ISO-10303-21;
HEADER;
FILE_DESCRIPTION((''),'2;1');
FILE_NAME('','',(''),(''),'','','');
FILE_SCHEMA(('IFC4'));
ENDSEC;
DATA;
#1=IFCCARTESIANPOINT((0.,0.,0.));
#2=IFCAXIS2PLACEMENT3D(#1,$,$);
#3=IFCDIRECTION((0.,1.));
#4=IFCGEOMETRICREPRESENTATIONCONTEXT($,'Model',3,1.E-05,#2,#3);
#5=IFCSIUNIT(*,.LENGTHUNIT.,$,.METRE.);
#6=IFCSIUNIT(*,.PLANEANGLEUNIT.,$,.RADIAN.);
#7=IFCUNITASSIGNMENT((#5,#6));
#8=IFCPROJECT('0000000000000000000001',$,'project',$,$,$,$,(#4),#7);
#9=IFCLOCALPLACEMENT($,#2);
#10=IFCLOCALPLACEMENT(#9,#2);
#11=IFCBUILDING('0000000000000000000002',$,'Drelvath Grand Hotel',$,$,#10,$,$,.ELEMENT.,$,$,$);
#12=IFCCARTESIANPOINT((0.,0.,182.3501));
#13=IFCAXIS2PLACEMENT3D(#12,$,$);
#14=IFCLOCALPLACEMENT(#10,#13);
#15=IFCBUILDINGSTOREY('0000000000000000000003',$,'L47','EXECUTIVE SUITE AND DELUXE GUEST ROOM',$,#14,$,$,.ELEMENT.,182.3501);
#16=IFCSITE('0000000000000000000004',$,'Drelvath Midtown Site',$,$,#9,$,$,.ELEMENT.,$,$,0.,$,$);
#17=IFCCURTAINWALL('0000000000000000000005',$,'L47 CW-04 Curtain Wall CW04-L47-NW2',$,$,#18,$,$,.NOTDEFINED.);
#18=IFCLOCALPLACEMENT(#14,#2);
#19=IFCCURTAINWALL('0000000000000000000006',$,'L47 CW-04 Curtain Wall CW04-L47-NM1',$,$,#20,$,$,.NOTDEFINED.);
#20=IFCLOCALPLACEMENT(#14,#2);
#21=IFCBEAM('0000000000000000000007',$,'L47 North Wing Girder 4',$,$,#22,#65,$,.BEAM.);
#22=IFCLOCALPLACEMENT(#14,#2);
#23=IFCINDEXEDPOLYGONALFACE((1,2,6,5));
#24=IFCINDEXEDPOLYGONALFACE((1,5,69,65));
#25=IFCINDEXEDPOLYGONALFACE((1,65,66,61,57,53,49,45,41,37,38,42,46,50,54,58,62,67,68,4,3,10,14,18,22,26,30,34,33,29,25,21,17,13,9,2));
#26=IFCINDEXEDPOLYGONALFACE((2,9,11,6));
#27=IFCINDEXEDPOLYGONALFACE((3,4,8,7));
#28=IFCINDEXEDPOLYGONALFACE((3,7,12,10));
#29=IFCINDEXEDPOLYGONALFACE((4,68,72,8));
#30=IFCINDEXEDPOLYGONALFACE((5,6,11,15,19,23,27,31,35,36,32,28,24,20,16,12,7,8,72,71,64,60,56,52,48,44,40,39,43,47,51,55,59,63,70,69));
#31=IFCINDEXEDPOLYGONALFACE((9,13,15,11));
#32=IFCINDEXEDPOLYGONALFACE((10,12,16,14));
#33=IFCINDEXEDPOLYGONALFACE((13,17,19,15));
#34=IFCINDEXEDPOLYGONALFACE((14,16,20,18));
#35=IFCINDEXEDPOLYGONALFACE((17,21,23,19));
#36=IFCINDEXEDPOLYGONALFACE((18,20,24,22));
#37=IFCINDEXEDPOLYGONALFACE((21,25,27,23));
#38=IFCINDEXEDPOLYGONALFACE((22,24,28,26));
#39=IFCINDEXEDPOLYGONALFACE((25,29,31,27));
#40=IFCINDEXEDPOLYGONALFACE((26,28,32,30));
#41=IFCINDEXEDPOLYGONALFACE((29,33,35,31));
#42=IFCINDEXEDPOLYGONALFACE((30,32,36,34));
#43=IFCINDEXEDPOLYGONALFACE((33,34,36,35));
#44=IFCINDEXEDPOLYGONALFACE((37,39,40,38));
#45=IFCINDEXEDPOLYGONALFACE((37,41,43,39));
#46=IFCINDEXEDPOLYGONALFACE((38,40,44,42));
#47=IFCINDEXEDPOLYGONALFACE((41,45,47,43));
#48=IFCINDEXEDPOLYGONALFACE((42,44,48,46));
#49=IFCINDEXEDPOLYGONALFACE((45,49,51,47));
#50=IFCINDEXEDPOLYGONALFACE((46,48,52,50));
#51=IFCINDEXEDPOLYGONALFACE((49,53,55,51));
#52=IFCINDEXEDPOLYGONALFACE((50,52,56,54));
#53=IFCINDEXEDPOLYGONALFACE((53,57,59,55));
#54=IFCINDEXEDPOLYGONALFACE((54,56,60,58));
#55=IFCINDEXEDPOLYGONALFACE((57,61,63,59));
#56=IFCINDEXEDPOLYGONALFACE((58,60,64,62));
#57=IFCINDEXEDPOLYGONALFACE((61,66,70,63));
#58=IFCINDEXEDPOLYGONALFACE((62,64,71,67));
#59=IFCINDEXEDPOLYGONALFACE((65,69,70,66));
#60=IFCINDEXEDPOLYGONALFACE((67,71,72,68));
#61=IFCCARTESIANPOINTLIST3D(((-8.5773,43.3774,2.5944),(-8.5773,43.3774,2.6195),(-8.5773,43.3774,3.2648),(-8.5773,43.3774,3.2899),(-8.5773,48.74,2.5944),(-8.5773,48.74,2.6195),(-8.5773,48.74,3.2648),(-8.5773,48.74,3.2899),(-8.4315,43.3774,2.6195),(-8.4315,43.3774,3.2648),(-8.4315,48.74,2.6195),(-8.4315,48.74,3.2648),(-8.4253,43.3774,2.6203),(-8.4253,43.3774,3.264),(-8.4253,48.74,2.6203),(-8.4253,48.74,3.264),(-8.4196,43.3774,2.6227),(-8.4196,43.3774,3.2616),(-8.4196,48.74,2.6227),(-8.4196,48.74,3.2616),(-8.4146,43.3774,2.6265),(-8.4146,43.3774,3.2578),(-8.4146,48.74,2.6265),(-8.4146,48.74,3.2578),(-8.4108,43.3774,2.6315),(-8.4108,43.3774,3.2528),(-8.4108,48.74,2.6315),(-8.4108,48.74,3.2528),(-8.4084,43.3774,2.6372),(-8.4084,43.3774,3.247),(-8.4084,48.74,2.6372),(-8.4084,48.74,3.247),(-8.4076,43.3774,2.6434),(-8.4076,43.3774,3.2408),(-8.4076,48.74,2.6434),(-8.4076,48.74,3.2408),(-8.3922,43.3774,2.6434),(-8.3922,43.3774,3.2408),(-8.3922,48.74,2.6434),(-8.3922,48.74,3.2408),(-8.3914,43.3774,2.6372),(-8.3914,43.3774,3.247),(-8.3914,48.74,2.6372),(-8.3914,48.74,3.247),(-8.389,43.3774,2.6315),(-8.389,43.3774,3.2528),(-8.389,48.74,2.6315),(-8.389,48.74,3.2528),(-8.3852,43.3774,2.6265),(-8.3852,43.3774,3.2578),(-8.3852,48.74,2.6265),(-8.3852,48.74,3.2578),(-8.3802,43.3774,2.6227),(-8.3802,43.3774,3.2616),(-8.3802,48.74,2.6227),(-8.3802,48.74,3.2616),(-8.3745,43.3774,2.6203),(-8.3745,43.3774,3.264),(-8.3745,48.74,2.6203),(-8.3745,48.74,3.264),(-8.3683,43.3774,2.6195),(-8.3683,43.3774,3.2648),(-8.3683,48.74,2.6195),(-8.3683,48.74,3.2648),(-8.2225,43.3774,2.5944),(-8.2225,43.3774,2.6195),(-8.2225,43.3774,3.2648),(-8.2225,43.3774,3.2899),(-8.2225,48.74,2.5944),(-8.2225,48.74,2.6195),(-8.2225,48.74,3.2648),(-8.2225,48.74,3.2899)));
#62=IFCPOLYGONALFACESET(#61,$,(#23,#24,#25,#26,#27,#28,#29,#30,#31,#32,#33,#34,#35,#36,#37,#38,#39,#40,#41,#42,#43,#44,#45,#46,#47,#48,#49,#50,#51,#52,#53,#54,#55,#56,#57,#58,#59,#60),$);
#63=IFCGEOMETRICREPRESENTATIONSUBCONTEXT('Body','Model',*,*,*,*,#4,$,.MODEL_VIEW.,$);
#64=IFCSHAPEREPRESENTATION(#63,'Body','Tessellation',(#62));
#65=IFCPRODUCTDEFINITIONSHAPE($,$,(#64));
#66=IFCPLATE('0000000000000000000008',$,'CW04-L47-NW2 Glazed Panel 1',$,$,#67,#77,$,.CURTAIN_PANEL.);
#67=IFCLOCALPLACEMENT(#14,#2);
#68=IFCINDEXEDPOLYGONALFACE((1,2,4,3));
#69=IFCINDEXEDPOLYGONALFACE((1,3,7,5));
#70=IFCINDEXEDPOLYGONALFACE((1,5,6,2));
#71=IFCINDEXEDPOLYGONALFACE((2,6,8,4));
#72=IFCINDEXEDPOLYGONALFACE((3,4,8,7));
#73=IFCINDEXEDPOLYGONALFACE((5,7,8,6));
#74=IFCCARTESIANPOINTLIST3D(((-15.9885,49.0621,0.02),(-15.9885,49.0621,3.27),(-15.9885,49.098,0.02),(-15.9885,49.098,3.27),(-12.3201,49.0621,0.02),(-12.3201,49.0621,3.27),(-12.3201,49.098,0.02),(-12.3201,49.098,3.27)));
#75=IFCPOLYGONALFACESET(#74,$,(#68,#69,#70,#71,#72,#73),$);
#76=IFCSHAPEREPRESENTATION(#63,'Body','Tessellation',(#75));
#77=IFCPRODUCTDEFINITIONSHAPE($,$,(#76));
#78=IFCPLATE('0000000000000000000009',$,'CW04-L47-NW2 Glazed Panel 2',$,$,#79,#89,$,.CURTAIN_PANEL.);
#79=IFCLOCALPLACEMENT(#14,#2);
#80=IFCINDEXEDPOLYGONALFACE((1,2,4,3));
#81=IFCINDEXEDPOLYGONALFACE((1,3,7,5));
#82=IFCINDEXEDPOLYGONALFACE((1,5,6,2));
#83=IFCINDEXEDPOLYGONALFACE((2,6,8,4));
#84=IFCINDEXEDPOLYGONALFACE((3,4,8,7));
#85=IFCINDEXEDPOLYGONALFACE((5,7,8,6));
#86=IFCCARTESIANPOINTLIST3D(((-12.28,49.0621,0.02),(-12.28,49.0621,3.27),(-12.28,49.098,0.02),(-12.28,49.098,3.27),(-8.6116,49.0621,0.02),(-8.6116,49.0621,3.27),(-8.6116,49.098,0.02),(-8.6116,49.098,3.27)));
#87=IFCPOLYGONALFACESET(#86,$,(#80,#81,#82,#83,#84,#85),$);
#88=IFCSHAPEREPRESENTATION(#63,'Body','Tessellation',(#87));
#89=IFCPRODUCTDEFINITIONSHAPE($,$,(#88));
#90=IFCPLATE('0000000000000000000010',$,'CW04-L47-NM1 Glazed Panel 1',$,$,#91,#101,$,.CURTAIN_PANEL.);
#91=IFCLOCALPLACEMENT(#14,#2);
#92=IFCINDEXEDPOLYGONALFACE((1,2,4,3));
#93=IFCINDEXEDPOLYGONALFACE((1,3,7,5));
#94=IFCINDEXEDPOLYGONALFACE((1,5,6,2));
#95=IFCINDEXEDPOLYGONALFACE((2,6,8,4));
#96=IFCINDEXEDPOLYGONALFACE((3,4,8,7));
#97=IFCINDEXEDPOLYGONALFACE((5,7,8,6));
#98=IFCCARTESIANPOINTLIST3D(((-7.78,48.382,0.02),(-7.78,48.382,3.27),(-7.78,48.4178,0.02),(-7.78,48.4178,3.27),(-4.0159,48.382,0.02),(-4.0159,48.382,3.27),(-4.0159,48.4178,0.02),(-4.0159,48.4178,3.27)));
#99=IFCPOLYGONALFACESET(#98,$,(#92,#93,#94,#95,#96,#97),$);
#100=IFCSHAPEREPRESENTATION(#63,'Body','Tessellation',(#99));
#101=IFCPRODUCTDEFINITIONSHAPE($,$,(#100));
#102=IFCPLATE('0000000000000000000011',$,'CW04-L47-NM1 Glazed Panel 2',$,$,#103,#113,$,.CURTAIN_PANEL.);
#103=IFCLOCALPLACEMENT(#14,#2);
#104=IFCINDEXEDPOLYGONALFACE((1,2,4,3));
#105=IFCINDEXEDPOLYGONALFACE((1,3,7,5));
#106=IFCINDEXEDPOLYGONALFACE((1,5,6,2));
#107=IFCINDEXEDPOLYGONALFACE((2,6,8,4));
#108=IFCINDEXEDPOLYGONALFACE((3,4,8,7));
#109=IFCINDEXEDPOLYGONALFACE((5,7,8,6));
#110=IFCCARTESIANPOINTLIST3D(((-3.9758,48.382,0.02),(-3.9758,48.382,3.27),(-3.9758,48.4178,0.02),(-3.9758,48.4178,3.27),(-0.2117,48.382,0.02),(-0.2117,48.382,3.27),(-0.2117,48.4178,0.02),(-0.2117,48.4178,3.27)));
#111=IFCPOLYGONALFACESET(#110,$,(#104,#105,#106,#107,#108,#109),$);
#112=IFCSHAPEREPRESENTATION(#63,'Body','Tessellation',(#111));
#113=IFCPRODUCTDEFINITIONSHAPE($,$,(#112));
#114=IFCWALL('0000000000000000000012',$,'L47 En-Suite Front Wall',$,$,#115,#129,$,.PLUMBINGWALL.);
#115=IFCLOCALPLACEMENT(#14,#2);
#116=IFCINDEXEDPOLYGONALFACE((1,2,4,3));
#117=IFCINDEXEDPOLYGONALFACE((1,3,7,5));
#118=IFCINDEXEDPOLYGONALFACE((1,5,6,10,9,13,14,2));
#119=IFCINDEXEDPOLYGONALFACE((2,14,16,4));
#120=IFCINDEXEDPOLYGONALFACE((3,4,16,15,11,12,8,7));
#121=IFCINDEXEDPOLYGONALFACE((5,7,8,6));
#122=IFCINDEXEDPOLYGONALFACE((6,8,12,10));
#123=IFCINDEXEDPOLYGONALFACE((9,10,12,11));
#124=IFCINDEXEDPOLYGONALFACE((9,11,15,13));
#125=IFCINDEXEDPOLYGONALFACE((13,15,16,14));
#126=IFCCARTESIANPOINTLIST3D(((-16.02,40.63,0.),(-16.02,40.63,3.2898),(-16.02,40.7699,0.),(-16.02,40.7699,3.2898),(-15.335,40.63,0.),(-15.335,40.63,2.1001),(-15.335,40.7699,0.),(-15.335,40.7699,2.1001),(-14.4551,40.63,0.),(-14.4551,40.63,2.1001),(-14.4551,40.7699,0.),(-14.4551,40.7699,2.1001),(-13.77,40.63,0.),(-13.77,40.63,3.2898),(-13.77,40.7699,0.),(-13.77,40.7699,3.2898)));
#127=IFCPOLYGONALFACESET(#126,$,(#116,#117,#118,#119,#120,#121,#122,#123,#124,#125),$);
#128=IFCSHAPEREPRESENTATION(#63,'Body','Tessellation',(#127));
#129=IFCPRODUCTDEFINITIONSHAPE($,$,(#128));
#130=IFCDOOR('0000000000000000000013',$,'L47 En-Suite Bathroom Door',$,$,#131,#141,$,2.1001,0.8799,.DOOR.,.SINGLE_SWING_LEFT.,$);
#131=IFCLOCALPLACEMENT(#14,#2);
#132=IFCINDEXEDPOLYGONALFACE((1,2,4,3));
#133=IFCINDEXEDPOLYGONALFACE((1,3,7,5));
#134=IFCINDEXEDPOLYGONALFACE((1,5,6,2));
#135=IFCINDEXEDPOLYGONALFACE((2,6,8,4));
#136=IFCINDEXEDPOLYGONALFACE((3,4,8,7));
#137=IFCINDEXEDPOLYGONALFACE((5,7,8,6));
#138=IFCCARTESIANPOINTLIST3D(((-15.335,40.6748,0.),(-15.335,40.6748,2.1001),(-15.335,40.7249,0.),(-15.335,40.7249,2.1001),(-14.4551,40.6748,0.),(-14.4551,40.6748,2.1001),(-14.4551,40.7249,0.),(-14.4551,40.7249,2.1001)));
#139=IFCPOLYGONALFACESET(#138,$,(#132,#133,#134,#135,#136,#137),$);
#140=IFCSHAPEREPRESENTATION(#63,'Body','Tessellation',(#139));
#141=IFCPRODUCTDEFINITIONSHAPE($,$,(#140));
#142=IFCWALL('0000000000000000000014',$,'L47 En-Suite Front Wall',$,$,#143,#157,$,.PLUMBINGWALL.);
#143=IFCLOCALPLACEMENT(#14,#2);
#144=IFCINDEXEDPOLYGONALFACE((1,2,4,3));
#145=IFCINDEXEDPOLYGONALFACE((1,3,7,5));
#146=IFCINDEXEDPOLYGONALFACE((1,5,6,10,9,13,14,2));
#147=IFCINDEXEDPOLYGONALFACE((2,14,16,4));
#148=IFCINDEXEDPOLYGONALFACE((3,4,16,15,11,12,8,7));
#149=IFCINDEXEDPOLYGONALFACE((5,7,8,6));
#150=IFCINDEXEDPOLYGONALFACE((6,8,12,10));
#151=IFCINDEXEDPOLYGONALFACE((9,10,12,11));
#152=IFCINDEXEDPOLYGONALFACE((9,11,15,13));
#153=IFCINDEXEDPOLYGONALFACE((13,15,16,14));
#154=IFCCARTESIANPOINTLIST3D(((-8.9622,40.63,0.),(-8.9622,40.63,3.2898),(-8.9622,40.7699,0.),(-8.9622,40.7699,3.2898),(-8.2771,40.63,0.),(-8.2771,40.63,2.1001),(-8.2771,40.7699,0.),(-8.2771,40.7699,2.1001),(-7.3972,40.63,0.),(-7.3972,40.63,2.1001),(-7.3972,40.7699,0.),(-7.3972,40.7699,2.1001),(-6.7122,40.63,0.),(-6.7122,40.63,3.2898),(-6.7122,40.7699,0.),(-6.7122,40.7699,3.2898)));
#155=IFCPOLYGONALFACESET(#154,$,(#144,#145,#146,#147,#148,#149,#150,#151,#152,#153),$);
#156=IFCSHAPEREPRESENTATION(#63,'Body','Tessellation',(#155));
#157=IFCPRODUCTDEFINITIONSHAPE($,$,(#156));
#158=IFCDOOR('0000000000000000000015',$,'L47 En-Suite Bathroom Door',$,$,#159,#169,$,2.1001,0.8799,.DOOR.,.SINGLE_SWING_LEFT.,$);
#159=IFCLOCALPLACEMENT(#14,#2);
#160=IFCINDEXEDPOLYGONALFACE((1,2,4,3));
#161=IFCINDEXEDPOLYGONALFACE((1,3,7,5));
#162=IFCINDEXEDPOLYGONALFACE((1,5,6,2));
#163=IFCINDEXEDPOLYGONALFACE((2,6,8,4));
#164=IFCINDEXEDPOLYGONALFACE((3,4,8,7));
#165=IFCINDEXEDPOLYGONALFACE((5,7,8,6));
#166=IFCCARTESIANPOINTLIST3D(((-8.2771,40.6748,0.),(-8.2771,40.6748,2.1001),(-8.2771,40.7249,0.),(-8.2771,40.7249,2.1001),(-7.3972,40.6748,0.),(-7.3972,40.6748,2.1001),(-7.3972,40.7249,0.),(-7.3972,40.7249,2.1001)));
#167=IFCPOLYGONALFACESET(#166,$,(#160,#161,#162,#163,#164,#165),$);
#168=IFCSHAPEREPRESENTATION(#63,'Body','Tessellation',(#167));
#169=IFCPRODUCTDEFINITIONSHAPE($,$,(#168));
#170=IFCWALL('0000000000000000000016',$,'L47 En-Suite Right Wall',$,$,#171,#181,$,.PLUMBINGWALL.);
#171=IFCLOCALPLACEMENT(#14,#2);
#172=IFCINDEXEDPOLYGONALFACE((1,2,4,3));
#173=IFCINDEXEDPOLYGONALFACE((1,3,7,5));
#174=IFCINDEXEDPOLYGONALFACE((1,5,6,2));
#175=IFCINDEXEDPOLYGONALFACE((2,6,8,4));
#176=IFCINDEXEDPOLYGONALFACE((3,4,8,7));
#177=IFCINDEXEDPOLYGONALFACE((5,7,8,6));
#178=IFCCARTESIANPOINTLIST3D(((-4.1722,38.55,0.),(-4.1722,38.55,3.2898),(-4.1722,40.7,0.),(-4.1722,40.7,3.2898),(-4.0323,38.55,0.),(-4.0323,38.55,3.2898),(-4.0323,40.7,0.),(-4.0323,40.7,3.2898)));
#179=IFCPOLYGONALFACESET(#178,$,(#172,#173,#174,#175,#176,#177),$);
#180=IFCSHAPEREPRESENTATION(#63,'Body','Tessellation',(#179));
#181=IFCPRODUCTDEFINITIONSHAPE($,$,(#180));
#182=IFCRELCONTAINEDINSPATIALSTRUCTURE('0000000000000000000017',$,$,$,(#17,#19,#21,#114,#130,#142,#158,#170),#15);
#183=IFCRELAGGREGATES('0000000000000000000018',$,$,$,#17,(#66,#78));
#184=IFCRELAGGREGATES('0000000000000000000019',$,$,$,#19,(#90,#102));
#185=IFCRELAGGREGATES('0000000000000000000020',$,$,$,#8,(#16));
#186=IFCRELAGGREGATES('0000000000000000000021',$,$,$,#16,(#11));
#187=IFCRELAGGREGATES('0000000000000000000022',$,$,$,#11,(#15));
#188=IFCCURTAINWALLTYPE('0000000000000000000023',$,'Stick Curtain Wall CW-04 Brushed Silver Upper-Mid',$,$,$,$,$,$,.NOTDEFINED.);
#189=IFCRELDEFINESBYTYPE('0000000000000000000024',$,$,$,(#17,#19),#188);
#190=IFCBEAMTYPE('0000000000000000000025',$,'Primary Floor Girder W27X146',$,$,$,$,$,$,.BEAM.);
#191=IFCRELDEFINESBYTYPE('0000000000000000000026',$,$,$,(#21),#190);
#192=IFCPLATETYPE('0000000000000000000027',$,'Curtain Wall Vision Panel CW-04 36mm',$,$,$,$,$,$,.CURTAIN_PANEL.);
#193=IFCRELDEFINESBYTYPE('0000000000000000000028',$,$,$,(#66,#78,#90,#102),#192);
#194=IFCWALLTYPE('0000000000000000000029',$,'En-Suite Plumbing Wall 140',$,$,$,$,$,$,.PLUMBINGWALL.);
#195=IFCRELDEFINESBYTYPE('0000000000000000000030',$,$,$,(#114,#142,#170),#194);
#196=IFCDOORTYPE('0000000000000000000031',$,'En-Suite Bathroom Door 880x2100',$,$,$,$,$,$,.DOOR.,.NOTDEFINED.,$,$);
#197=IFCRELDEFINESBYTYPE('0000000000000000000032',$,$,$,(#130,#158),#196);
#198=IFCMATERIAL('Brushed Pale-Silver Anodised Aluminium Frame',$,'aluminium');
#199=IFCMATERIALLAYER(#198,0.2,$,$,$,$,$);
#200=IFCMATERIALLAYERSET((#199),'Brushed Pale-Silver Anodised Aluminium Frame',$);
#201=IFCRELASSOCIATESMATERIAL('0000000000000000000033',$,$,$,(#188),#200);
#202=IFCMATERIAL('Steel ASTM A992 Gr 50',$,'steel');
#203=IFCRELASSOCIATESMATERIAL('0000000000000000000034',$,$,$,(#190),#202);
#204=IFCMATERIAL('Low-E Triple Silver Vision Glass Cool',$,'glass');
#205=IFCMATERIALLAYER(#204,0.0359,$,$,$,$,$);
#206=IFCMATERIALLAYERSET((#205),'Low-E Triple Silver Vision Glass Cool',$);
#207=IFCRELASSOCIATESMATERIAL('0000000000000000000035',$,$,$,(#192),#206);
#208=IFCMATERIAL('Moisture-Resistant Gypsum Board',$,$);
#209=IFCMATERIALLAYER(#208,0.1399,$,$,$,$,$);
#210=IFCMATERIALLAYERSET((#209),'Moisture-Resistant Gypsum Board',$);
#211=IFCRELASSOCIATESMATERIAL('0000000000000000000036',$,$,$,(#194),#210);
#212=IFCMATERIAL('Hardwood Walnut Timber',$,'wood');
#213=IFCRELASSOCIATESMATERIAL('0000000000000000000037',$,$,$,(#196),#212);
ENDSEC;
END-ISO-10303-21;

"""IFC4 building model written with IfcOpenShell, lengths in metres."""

from ifc_helpers import new_model, si_unit, direction, frame, frame_2d, origin, origin_2d, place, context, subcontext, project, spatial, rectangle, i_section, extrude, material, layer, layer_set, material_profile, profile_set, type_object, element, fill, aggregate, save


model = new_model("IFC4")

# Units and contexts
model_context = context("Model", 3, precision=1e-05, world=origin(), true_north=direction((0.0, 1.0)))
body_context = subcontext(model_context, "Body", "Model", "MODEL_VIEW")
ifc_project = project(units=[si_unit("LENGTHUNIT", "METRE"), si_unit("PLANEANGLEUNIT", "RADIAN")], contexts=[model_context])

# Site, building, storey
site_placement = place(None, origin())
site = spatial("IfcSite", under=ifc_project, at=site_placement, Name="Drelvath Midtown Site", CompositionType="ELEMENT", RefElevation=0.0)
building_placement = place(site_placement, origin())
building = spatial("IfcBuilding", under=site, at=building_placement, Name="Drelvath Grand Hotel", CompositionType="ELEMENT")
storey_placement = place(building_placement, frame((0.0, 0.0, 182.3501)))
storey = spatial("IfcBuildingStorey", under=building, at=storey_placement, Name="L47", Description="EXECUTIVE SUITE AND DELUXE GUEST ROOM", CompositionType="ELEMENT", Elevation=182.3501)

# Curtain walls
ifc_material_1 = material(Name="Brushed Pale-Silver Anodised Aluminium Frame", Category="aluminium")
ifc_layer_1 = layer(ifc_material_1, 0.2)
ifc_layer_set_1 = layer_set([ifc_layer_1], Name="Brushed Pale-Silver Anodised Aluminium Frame")
curtain_wall_type = type_object("IfcCurtainWallType", Name="Stick Curtain Wall CW-04 Brushed Silver Upper-Mid", PredefinedType="NOTDEFINED", material=ifc_layer_set_1)
curtain_wall_1_placement = place(storey_placement, origin())
curtain_wall_1 = element("IfcCurtainWall", 1, at=curtain_wall_1_placement, inside=storey, type_object=curtain_wall_type, Name="L47 CW-04 Curtain Wall CW04-L47-NW2", PredefinedType="NOTDEFINED")
curtain_wall_2_placement = place(storey_placement, origin())
curtain_wall_2 = element("IfcCurtainWall", 2, at=curtain_wall_2_placement, inside=storey, type_object=curtain_wall_type, Name="L47 CW-04 Curtain Wall CW04-L47-NM1", PredefinedType="NOTDEFINED")

# Beam
ifc_material_2 = material(Name="Steel ASTM A992 Gr 50", Category="steel")
ifc_material_profile_1 = material_profile(ifc_material_2, i_section(OverallWidth=0.3547, OverallDepth=0.6956, WebThickness=0.0154, FlangeThickness=0.0251, FilletRadius=0.0239, at=origin_2d()), Name="W27X146")
ifc_profile_set_1 = profile_set([ifc_material_profile_1], Name="Steel ASTM A992 Gr 50")
beam_type_1 = type_object("IfcBeamType", Name="Primary Floor Girder W27X146", PredefinedType="BEAM", material=ifc_profile_set_1)
beam_1_placement = place(storey_placement, frame((-8.3999, 43.3774, 2.9421), z_axis=(0.0, 1.0, 0.0), x_axis=(-1.0, 0.0, 0.0)))
element("IfcBeam", 3, at=beam_1_placement, inside=storey, type_object=beam_type_1, Name="L47 North Wing Girder 4", PredefinedType="BEAM", context=body_context, shape_type="SweptSolid", body=[
    extrude(i_section(OverallWidth=0.3547, OverallDepth=0.6956, WebThickness=0.0154, FlangeThickness=0.0251, FilletRadius=0.0239, at=origin_2d()), origin(), (0.0, 0.0, 1.0), 5.3625),
])

# Plates
ifc_material_3 = material(Name="Low-E Triple Silver Vision Glass Cool", Category="glass")
ifc_layer_2 = layer(ifc_material_3, 0.0359)
ifc_layer_set_2 = layer_set([ifc_layer_2], Name="Low-E Triple Silver Vision Glass Cool")
plate_type = type_object("IfcPlateType", Name="Curtain Wall Vision Panel CW-04 36mm", PredefinedType="CURTAIN_PANEL", material=ifc_layer_set_2)
plate_1_placement = place(storey_placement, frame((-14.1543, 49.0801, 0.02), z_axis=(0.0, 0.0, 1.0), x_axis=(1.0, 0.0, 0.0)))
plate_1 = element("IfcPlate", 4, at=plate_1_placement, type_object=plate_type, Name="CW04-L47-NW2 Glazed Panel 1", PredefinedType="CURTAIN_PANEL", context=body_context, shape_type="SweptSolid", body=[
    extrude(rectangle(XDim=3.6685, YDim=0.0359, at=origin_2d()), origin(), (0.0, 0.0, 1.0), 3.25),
])
plate_2_placement = place(storey_placement, frame((-10.4458, 49.0801, 0.02), z_axis=(0.0, 0.0, 1.0), x_axis=(1.0, 0.0, 0.0)))
plate_2 = element("IfcPlate", 5, at=plate_2_placement, type_object=plate_type, Name="CW04-L47-NW2 Glazed Panel 2", PredefinedType="CURTAIN_PANEL", context=body_context, shape_type="SweptSolid", body=[
    extrude(rectangle(XDim=3.6685, YDim=0.0359, at=origin_2d()), origin(), (0.0, 0.0, 1.0), 3.25),
])
aggregate(curtain_wall_1, [plate_1, plate_2])
plate_3_placement = place(storey_placement, frame((-5.8979, 48.3999, 0.02), z_axis=(0.0, 0.0, 1.0), x_axis=(1.0, 0.0, 0.0)))
plate_3 = element("IfcPlate", 6, at=plate_3_placement, type_object=plate_type, Name="CW04-L47-NM1 Glazed Panel 1", PredefinedType="CURTAIN_PANEL", context=body_context, shape_type="SweptSolid", body=[
    extrude(rectangle(XDim=3.7642, YDim=0.0359, at=origin_2d()), origin(), (0.0, 0.0, 1.0), 3.25),
])
plate_4_placement = place(storey_placement, frame((-2.0938, 48.3999, 0.02), z_axis=(0.0, 0.0, 1.0), x_axis=(1.0, 0.0, 0.0)))
plate_4 = element("IfcPlate", 7, at=plate_4_placement, type_object=plate_type, Name="CW04-L47-NM1 Glazed Panel 2", PredefinedType="CURTAIN_PANEL", context=body_context, shape_type="SweptSolid", body=[
    extrude(rectangle(XDim=3.7642, YDim=0.0359, at=origin_2d()), origin(), (0.0, 0.0, 1.0), 3.25),
])
aggregate(curtain_wall_2, [plate_3, plate_4])

# Walls, openings, doors
ifc_material_4 = material(Name="Moisture-Resistant Gypsum Board")
ifc_layer_3 = layer(ifc_material_4, 0.1399)
ifc_layer_set_3 = layer_set([ifc_layer_3], Name="Moisture-Resistant Gypsum Board")
wall_type_1 = type_object("IfcWallType", Name="En-Suite Plumbing Wall 140", PredefinedType="PLUMBINGWALL", material=ifc_layer_set_3)
wall_1_placement = place(storey_placement, frame((-16.02, 40.7, 0.0), z_axis=(0.0, 0.0, 1.0), x_axis=(1.0, 0.0, 0.0)))
wall_1 = element("IfcWall", 8, at=wall_1_placement, inside=storey, type_object=wall_type_1, Name="L47 En-Suite Front Wall", PredefinedType="PLUMBINGWALL", context=body_context, shape_type="SweptSolid", body=[
    extrude(rectangle(XDim=2.25, YDim=0.1399, at=frame_2d((1.125, 0.0))), origin(), (0.0, 0.0, 1.0), 3.2898),
])
opening_1_placement = place(wall_1_placement, frame((0.6851, 0.0, 0.0)))
opening_1 = element("IfcOpeningElement", 9, at=opening_1_placement, cuts=wall_1, PredefinedType="OPENING", context=body_context, shape_type="SweptSolid", body=[
    extrude(rectangle(XDim=0.8799, YDim=2.1001, at=frame_2d((0.4399, 1.05))), frame((0.0, 0.0798, 0.0), z_axis=(0.0, -1.0, 0.0), x_axis=(1.0, 0.0, 0.0)), (0.0, 0.0, 1.0), 0.1599),
])
ifc_material_5 = material(Name="Hardwood Walnut Timber", Category="wood")
door_type = type_object("IfcDoorType", Name="En-Suite Bathroom Door 880x2100", OperationType="NOTDEFINED", PredefinedType="DOOR", material=ifc_material_5)
door_1_placement = place(opening_1_placement, origin())
door_1 = element("IfcDoor", 10, at=door_1_placement, inside=storey, type_object=door_type, Name="L47 En-Suite Bathroom Door", OperationType="SINGLE_SWING_LEFT", OverallHeight=2.1001, OverallWidth=0.8799, PredefinedType="DOOR", context=body_context, shape_type="SweptSolid", body=[
    extrude(rectangle(XDim=0.8799, YDim=2.1001, at=frame_2d((0.4399, 1.05))), frame((0.0, 0.0249, 0.0), z_axis=(0.0, -1.0, 0.0), x_axis=(1.0, 0.0, 0.0)), (0.0, 0.0, 1.0), 0.05),
])
fill(opening_1, door_1)
wall_2_placement = place(storey_placement, frame((-8.9622, 40.7, 0.0), z_axis=(0.0, 0.0, 1.0), x_axis=(1.0, 0.0, 0.0)))
wall_2 = element("IfcWall", 11, at=wall_2_placement, inside=storey, type_object=wall_type_1, Name="L47 En-Suite Front Wall", PredefinedType="PLUMBINGWALL", context=body_context, shape_type="SweptSolid", body=[
    extrude(rectangle(XDim=2.25, YDim=0.1399, at=frame_2d((1.125, 0.0))), origin(), (0.0, 0.0, 1.0), 3.2898),
])
opening_2_placement = place(wall_2_placement, frame((0.6851, 0.0, 0.0)))
opening_2 = element("IfcOpeningElement", 12, at=opening_2_placement, cuts=wall_2, PredefinedType="OPENING", context=body_context, shape_type="SweptSolid", body=[
    extrude(rectangle(XDim=0.8799, YDim=2.1001, at=frame_2d((0.4399, 1.05))), frame((0.0, 0.0798, 0.0), z_axis=(0.0, -1.0, 0.0), x_axis=(1.0, 0.0, 0.0)), (0.0, 0.0, 1.0), 0.1599),
])
door_2_placement = place(opening_2_placement, origin())
door_2 = element("IfcDoor", 13, at=door_2_placement, inside=storey, type_object=door_type, Name="L47 En-Suite Bathroom Door", OperationType="SINGLE_SWING_LEFT", OverallHeight=2.1001, OverallWidth=0.8799, PredefinedType="DOOR", context=body_context, shape_type="SweptSolid", body=[
    extrude(rectangle(XDim=0.8799, YDim=2.1001, at=frame_2d((0.4399, 1.05))), frame((0.0, 0.0249, 0.0), z_axis=(0.0, -1.0, 0.0), x_axis=(1.0, 0.0, 0.0)), (0.0, 0.0, 1.0), 0.05),
])
fill(opening_2, door_2)

# Wall
wall_3_placement = place(storey_placement, frame((-4.1023, 38.55, 0.0), z_axis=(0.0, 0.0, 1.0), x_axis=(0.0, 1.0, 0.0)))
element("IfcWall", 14, at=wall_3_placement, inside=storey, type_object=wall_type_1, Name="L47 En-Suite Right Wall", PredefinedType="PLUMBINGWALL", context=body_context, shape_type="SweptSolid", body=[
    extrude(rectangle(XDim=2.1499, YDim=0.1399, at=frame_2d((1.075, 0.0))), origin(), (0.0, 0.0, 1.0), 3.2898),
])

save(model, "model.ifc")
